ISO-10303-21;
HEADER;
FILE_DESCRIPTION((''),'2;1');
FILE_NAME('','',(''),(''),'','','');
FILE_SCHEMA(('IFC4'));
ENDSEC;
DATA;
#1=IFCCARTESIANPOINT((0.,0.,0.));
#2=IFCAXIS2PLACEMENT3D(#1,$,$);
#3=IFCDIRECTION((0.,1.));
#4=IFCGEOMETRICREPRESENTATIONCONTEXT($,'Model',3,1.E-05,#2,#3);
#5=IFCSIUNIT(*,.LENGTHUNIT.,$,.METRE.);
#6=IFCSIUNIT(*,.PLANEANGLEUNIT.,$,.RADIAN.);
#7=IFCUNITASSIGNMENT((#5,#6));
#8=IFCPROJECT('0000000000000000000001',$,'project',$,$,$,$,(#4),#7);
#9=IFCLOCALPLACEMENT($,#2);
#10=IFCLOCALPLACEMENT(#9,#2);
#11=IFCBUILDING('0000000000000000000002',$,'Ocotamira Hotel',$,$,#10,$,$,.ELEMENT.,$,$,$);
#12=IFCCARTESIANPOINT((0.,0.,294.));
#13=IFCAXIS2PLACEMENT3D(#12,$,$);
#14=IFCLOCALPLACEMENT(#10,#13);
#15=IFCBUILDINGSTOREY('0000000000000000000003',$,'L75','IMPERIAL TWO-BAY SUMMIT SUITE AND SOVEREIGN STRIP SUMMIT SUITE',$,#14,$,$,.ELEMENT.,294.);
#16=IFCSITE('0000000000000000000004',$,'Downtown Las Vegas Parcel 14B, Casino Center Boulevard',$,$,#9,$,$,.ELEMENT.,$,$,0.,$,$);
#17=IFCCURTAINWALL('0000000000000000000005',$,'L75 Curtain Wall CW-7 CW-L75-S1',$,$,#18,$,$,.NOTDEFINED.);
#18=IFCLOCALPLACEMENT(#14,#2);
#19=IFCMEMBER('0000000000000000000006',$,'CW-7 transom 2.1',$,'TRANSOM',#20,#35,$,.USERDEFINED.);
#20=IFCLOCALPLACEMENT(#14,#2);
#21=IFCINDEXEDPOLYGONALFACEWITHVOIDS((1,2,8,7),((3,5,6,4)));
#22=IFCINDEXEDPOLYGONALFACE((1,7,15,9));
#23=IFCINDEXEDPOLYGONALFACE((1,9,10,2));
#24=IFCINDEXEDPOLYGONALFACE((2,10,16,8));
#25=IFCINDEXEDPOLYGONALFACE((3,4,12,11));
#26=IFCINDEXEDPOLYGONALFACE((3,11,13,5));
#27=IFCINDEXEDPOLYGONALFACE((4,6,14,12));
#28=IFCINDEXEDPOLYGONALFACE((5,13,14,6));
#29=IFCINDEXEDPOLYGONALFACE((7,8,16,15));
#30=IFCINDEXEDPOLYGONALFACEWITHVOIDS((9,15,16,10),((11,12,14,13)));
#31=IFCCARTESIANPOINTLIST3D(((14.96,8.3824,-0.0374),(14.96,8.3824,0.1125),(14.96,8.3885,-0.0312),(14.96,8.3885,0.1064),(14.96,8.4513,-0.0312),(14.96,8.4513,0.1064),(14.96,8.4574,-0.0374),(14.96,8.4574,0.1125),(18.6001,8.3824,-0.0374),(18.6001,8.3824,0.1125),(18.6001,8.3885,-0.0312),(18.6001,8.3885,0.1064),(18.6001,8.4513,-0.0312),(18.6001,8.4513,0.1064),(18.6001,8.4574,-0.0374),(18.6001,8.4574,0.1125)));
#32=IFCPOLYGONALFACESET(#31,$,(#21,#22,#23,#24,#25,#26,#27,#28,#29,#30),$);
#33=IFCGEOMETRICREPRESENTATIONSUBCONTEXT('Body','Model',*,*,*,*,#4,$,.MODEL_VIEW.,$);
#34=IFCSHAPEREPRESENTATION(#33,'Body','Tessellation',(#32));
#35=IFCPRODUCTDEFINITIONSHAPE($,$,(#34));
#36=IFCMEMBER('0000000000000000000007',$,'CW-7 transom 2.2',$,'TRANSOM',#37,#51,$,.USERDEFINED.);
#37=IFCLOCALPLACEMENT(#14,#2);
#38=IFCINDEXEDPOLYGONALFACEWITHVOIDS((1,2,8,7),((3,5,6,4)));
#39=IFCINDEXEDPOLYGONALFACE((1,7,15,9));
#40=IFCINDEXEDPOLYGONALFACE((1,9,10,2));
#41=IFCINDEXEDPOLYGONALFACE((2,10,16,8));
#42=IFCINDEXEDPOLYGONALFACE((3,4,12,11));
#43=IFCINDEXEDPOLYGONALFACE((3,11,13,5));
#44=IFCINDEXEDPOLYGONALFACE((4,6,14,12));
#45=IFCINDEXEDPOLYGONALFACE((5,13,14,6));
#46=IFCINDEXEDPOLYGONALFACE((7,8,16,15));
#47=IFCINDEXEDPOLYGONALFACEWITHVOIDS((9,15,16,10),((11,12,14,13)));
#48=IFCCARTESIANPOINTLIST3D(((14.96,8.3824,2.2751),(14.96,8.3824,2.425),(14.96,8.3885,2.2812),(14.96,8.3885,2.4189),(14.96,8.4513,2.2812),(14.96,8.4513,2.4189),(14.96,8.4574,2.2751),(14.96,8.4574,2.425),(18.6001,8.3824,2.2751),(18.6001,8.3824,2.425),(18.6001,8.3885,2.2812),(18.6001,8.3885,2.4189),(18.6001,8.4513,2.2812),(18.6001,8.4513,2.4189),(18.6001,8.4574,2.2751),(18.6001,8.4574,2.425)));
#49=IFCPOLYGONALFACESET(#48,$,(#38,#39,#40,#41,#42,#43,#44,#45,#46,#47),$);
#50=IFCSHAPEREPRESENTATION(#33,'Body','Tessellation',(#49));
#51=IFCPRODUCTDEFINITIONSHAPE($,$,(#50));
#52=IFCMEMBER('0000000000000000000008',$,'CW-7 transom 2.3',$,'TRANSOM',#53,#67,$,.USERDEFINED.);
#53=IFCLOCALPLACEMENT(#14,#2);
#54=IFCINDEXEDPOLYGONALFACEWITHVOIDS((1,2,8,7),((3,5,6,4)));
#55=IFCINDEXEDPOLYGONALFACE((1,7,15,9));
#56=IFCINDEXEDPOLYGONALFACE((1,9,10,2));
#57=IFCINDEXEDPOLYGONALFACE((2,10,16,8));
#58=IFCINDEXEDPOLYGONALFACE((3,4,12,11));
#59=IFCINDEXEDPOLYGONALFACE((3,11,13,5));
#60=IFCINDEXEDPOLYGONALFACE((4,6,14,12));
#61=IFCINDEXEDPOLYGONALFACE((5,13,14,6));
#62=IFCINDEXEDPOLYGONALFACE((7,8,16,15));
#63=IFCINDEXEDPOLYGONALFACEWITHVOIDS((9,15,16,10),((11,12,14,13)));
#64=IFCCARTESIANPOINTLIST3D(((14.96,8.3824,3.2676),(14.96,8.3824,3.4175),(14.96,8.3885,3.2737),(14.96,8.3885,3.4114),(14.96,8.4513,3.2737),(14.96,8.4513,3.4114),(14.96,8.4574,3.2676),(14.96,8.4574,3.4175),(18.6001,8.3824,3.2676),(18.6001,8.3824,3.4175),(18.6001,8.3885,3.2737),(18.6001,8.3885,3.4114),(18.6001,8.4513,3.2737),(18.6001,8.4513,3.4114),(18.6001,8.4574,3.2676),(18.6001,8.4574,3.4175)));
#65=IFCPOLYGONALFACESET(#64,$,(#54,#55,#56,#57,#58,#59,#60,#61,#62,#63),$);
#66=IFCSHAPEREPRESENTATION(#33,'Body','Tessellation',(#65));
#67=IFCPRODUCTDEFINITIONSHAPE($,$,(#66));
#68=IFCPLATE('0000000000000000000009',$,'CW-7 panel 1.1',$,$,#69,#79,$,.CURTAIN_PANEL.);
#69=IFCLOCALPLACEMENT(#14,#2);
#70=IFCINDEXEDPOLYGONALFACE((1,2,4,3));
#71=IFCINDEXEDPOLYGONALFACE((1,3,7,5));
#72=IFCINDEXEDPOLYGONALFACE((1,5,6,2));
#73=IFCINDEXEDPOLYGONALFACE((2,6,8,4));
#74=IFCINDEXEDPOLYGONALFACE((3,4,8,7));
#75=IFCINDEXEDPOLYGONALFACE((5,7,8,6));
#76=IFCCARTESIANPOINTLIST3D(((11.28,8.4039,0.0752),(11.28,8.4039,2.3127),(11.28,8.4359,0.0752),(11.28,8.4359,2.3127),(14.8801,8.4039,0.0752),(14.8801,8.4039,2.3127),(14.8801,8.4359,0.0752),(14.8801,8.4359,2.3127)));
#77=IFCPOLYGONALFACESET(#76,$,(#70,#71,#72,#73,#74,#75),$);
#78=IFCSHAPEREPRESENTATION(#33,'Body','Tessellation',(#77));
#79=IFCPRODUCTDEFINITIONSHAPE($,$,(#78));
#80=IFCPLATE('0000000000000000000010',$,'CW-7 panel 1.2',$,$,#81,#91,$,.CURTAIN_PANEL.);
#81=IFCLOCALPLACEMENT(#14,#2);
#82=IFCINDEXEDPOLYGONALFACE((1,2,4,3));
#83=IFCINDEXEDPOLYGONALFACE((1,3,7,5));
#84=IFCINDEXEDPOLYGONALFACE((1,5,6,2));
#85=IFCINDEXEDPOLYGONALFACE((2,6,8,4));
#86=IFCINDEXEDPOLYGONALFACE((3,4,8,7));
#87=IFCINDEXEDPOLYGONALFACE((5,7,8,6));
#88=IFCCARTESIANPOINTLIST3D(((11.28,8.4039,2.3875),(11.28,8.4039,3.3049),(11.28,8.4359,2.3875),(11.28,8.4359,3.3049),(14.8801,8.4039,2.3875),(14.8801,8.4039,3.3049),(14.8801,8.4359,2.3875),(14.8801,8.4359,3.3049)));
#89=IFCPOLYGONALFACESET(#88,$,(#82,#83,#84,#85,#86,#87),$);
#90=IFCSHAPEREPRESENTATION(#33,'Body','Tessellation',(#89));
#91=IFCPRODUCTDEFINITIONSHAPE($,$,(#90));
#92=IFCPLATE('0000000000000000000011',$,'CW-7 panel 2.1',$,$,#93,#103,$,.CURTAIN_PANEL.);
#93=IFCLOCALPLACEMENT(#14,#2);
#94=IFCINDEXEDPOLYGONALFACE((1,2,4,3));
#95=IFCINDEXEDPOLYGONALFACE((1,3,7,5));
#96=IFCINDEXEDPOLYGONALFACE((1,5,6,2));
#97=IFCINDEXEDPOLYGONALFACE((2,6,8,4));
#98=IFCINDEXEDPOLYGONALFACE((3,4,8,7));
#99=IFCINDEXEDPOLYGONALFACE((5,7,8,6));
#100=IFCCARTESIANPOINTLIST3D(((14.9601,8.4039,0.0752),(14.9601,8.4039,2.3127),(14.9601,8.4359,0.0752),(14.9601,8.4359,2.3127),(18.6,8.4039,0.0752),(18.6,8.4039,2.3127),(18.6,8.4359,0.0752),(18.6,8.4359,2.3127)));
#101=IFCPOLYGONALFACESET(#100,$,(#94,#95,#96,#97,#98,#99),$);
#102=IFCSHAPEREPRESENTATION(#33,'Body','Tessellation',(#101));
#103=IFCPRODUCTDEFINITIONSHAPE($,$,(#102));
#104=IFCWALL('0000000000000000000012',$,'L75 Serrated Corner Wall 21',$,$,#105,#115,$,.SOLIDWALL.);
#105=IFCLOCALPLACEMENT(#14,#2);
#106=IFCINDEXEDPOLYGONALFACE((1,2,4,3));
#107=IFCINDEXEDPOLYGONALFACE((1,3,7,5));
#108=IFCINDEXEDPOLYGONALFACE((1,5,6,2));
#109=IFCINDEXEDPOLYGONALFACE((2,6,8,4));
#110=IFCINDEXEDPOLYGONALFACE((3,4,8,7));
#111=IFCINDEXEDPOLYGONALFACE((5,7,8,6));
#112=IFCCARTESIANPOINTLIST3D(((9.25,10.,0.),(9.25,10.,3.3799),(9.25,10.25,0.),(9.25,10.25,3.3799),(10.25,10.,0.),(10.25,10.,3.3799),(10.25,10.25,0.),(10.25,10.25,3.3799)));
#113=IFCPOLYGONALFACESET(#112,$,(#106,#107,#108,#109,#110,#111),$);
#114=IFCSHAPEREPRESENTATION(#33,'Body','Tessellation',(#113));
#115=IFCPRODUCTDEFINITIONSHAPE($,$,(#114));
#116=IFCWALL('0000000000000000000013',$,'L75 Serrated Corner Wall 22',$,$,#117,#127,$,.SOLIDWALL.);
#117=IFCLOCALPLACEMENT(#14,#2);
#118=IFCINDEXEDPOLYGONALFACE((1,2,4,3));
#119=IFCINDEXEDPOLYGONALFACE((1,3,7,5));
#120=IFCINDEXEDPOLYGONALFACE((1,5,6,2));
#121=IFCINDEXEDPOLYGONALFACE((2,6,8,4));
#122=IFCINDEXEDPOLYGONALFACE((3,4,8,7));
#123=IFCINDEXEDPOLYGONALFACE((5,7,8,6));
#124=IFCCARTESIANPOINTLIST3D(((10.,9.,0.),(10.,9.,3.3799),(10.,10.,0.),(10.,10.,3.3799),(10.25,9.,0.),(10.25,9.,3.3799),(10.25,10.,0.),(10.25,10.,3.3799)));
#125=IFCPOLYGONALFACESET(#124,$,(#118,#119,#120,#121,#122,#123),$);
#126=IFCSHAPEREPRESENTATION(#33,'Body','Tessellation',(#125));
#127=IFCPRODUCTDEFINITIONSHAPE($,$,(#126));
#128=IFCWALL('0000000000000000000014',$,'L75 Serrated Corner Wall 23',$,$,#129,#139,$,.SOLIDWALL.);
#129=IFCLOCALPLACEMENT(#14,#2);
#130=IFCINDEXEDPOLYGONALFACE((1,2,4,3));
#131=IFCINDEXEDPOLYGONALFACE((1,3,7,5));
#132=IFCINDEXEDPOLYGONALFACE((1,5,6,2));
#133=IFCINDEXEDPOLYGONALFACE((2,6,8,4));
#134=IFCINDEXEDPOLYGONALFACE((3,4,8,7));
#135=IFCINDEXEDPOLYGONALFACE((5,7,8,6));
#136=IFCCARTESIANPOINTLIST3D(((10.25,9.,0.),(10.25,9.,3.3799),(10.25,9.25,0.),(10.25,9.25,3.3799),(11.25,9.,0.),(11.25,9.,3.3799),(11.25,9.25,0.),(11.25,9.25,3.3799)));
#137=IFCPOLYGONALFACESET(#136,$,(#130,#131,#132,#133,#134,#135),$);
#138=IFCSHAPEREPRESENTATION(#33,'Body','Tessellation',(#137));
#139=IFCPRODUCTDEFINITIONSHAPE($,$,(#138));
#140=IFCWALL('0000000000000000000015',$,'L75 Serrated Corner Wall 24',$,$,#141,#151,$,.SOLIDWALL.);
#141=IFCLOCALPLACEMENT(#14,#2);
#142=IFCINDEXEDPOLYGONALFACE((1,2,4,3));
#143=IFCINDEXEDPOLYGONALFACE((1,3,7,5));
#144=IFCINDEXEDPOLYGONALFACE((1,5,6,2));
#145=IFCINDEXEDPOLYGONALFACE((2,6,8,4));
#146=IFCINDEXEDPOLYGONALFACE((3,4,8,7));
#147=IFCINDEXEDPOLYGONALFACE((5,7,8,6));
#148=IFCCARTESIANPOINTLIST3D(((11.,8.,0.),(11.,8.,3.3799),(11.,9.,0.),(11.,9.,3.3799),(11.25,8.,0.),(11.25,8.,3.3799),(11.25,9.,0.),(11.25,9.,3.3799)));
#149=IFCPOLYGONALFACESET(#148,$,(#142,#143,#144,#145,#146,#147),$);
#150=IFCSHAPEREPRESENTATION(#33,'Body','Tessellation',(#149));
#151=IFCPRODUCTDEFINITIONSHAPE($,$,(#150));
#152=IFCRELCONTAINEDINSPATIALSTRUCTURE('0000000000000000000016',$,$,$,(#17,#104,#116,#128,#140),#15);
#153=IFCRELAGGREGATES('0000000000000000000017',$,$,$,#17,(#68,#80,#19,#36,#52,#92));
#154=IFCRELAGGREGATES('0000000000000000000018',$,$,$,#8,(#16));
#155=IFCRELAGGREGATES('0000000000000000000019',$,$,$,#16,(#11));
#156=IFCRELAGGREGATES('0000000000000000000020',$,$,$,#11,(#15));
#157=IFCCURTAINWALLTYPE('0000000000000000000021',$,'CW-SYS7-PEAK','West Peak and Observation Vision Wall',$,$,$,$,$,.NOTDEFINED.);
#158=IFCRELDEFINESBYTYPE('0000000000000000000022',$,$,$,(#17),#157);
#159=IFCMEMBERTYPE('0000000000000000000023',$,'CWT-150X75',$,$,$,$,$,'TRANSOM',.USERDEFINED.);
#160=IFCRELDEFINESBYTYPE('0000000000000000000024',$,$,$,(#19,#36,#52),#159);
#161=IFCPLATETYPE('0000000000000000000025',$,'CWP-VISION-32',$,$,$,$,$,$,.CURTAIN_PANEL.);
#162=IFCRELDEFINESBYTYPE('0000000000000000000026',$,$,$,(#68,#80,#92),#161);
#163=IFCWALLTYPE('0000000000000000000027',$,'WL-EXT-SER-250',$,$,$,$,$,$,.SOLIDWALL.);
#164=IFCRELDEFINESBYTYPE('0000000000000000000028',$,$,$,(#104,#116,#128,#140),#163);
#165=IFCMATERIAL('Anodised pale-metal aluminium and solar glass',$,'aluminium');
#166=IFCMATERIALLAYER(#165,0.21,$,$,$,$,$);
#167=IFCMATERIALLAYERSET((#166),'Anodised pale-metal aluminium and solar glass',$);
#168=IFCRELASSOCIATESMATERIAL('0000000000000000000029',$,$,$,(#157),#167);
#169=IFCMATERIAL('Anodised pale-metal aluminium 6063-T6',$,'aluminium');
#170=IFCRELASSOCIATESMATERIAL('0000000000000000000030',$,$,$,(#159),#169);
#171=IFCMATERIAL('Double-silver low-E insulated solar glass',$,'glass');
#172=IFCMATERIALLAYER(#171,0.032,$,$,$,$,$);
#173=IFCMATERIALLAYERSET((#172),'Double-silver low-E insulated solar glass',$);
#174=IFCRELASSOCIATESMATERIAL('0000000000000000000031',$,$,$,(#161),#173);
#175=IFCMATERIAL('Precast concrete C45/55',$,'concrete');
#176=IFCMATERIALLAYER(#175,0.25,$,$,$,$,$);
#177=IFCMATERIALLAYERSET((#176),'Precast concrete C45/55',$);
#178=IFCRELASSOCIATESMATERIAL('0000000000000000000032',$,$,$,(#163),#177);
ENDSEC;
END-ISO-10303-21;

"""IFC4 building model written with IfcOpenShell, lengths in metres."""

from ifc_helpers import new_model, si_unit, direction, frame, frame_2d, origin, origin_2d, place, context, subcontext, project, spatial, rectangle, hollow_rectangle, extrude, source, transform, mapped, material, layer, layer_set, material_profile, profile_set, type_object, element, aggregate, save


model = new_model("IFC4")

# Units and contexts
model_context = context("Model", 3, precision=1e-05, world=origin(), true_north=direction((0.0, 1.0)))
body_context = subcontext(model_context, "Body", "Model", "MODEL_VIEW")
ifc_project = project(units=[si_unit("LENGTHUNIT", "METRE"), si_unit("PLANEANGLEUNIT", "RADIAN")], contexts=[model_context])

# Site, building, storey
site_placement = place(None, origin())
site = spatial("IfcSite", under=ifc_project, at=site_placement, Name="Downtown Las Vegas Parcel 14B, Casino Center Boulevard", CompositionType="ELEMENT", RefElevation=0.0)
building_placement = place(site_placement, origin())
building = spatial("IfcBuilding", under=site, at=building_placement, Name="Ocotamira Hotel", CompositionType="ELEMENT")
storey_placement = place(building_placement, frame((0.0, 0.0, 294.0)))
storey = spatial("IfcBuildingStorey", under=building, at=storey_placement, Name="L75", Description="IMPERIAL TWO-BAY SUMMIT SUITE AND SOVEREIGN STRIP SUMMIT SUITE", CompositionType="ELEMENT", Elevation=294.0)

# Curtain wall, members, plates
ifc_material_1 = material(Name="Anodised pale-metal aluminium and solar glass", Category="aluminium")
ifc_layer_1 = layer(ifc_material_1, 0.21)
ifc_layer_set_1 = layer_set([ifc_layer_1], Name="Anodised pale-metal aluminium and solar glass")
curtain_wall_type = type_object("IfcCurtainWallType", Name="CW-SYS7-PEAK", Description="West Peak and Observation Vision Wall", PredefinedType="NOTDEFINED", material=ifc_layer_set_1)
curtain_wall_placement = place(storey_placement, origin())
curtain_wall = element("IfcCurtainWall", 1, at=curtain_wall_placement, inside=storey, type_object=curtain_wall_type, Name="L75 Curtain Wall CW-7 CW-L75-S1", PredefinedType="NOTDEFINED")
ifc_material_2 = material(Name="Anodised pale-metal aluminium 6063-T6", Category="aluminium")
ifc_material_profile_1 = material_profile(ifc_material_2, hollow_rectangle(XDim=0.075, YDim=0.1499, WallThickness=0.0061, at=origin_2d()), Name="HSS150X75X6")
ifc_profile_set_1 = profile_set([ifc_material_profile_1], Name="Anodised pale-metal aluminium 6063-T6")
member_type_1 = type_object("IfcMemberType", Name="CWT-150X75", ElementType="TRANSOM", PredefinedType="USERDEFINED", material=ifc_profile_set_1)
shared_shape_1 = source(origin(), body_context, "Body", "SweptSolid", [
    extrude(hollow_rectangle(XDim=0.075, YDim=0.1499, WallThickness=0.0061, at=origin_2d()), origin(), (0.0, 0.0, 1.0), 3.6401),
])
member_1_placement = place(storey_placement, frame((14.96, 8.4199, 0.0376), z_axis=(1.0, 0.0, 0.0), x_axis=(0.0, 1.0, 0.0)))
member_1 = element("IfcMember", 2, at=member_1_placement, type_object=member_type_1, Name="CW-7 transom 2.1", ObjectType="TRANSOM", PredefinedType="USERDEFINED", context=body_context, shape_type="MappedRepresentation", body=[
    mapped(shared_shape_1, transform((0.0, 0.0, 0.0), scale=1.0)),
])
member_2_placement = place(storey_placement, frame((14.96, 8.4199, 2.3501), z_axis=(1.0, 0.0, 0.0), x_axis=(0.0, 1.0, 0.0)))
member_2 = element("IfcMember", 3, at=member_2_placement, type_object=member_type_1, Name="CW-7 transom 2.2", ObjectType="TRANSOM", PredefinedType="USERDEFINED", context=body_context, shape_type="MappedRepresentation", body=[
    mapped(shared_shape_1, transform((0.0, 0.0, 0.0), scale=1.0)),
])
member_3_placement = place(storey_placement, frame((14.96, 8.4199, 3.3425), z_axis=(1.0, 0.0, 0.0), x_axis=(0.0, 1.0, 0.0)))
member_3 = element("IfcMember", 4, at=member_3_placement, type_object=member_type_1, Name="CW-7 transom 2.3", ObjectType="TRANSOM", PredefinedType="USERDEFINED", context=body_context, shape_type="MappedRepresentation", body=[
    mapped(shared_shape_1, transform((0.0, 0.0, 0.0), scale=1.0)),
])
ifc_material_3 = material(Name="Double-silver low-E insulated solar glass", Category="glass")
ifc_layer_2 = layer(ifc_material_3, 0.032)
ifc_layer_set_2 = layer_set([ifc_layer_2], Name="Double-silver low-E insulated solar glass")
plate_type = type_object("IfcPlateType", Name="CWP-VISION-32", PredefinedType="CURTAIN_PANEL", material=ifc_layer_set_2)
shared_shape_2 = source(origin(), body_context, "Body", "SweptSolid", [
    extrude(rectangle(XDim=3.6001, YDim=0.032, at=origin_2d()), origin(), (0.0, 0.0, 1.0), 2.2375),
])
plate_1_placement = place(storey_placement, frame((13.0801, 8.4199, 0.0752), z_axis=(0.0, 0.0, 1.0), x_axis=(1.0, 0.0, 0.0)))
plate_1 = element("IfcPlate", 5, at=plate_1_placement, type_object=plate_type, Name="CW-7 panel 1.1", PredefinedType="CURTAIN_PANEL", context=body_context, shape_type="MappedRepresentation", body=[
    mapped(shared_shape_2, transform((0.0, 0.0, 0.0), scale=1.0)),
])
shared_shape_3 = source(origin(), body_context, "Body", "SweptSolid", [
    extrude(rectangle(XDim=3.6001, YDim=0.032, at=origin_2d()), origin(), (0.0, 0.0, 1.0), 0.9175),
])
plate_2_placement = place(storey_placement, frame((13.0801, 8.4199, 2.3875), z_axis=(0.0, 0.0, 1.0), x_axis=(1.0, 0.0, 0.0)))
plate_2 = element("IfcPlate", 6, at=plate_2_placement, type_object=plate_type, Name="CW-7 panel 1.2", PredefinedType="CURTAIN_PANEL", context=body_context, shape_type="MappedRepresentation", body=[
    mapped(shared_shape_3, transform((0.0, 0.0, 0.0), scale=1.0)),
])
shared_shape_4 = source(origin(), body_context, "Body", "SweptSolid", [
    extrude(rectangle(XDim=3.6399, YDim=0.032, at=origin_2d()), origin(), (0.0, 0.0, 1.0), 2.2375),
])
plate_3_placement = place(storey_placement, frame((16.78, 8.4199, 0.0752), z_axis=(0.0, 0.0, 1.0), x_axis=(1.0, 0.0, 0.0)))
plate_3 = element("IfcPlate", 7, at=plate_3_placement, type_object=plate_type, Name="CW-7 panel 2.1", PredefinedType="CURTAIN_PANEL", context=body_context, shape_type="MappedRepresentation", body=[
    mapped(shared_shape_4, transform((0.0, 0.0, 0.0), scale=1.0)),
])
aggregate(curtain_wall, [plate_1, plate_2, member_1, member_2, member_3, plate_3])

# Walls
ifc_material_4 = material(Name="Precast concrete C45/55", Category="concrete")
ifc_layer_3 = layer(ifc_material_4, 0.25)
ifc_layer_set_3 = layer_set([ifc_layer_3], Name="Precast concrete C45/55")
wall_type_1 = type_object("IfcWallType", Name="WL-EXT-SER-250", PredefinedType="SOLIDWALL", material=ifc_layer_set_3)
for number, where, z_axis, x_axis, name in (
    (8, (9.25, 10.125, 0.0), (0.0, 0.0, 1.0), (1.0, 0.0, 0.0), "L75 Serrated Corner Wall 21"),
    (9, (10.125, 10.0, 0.0), (0.0, 0.0, 1.0), (0.0, -1.0, 0.0), "L75 Serrated Corner Wall 22"),
    (10, (10.25, 9.125, 0.0), (0.0, 0.0, 1.0), (1.0, 0.0, 0.0), "L75 Serrated Corner Wall 23"),
    (11, (11.125, 9.0, 0.0), (0.0, 0.0, 1.0), (0.0, -1.0, 0.0), "L75 Serrated Corner Wall 24"),
):
    element("IfcWall", number, at=place(storey_placement, frame(where, z_axis=z_axis, x_axis=x_axis)), inside=storey, type_object=wall_type_1, Name=name, PredefinedType="SOLIDWALL", context=body_context, shape_type="SweptSolid", body=[
        extrude(rectangle(XDim=1.0, YDim=0.25, at=frame_2d((0.5, 0.0))), origin(), (0.0, 0.0, 1.0), 3.3799),
    ])

save(model, "model.ifc")
